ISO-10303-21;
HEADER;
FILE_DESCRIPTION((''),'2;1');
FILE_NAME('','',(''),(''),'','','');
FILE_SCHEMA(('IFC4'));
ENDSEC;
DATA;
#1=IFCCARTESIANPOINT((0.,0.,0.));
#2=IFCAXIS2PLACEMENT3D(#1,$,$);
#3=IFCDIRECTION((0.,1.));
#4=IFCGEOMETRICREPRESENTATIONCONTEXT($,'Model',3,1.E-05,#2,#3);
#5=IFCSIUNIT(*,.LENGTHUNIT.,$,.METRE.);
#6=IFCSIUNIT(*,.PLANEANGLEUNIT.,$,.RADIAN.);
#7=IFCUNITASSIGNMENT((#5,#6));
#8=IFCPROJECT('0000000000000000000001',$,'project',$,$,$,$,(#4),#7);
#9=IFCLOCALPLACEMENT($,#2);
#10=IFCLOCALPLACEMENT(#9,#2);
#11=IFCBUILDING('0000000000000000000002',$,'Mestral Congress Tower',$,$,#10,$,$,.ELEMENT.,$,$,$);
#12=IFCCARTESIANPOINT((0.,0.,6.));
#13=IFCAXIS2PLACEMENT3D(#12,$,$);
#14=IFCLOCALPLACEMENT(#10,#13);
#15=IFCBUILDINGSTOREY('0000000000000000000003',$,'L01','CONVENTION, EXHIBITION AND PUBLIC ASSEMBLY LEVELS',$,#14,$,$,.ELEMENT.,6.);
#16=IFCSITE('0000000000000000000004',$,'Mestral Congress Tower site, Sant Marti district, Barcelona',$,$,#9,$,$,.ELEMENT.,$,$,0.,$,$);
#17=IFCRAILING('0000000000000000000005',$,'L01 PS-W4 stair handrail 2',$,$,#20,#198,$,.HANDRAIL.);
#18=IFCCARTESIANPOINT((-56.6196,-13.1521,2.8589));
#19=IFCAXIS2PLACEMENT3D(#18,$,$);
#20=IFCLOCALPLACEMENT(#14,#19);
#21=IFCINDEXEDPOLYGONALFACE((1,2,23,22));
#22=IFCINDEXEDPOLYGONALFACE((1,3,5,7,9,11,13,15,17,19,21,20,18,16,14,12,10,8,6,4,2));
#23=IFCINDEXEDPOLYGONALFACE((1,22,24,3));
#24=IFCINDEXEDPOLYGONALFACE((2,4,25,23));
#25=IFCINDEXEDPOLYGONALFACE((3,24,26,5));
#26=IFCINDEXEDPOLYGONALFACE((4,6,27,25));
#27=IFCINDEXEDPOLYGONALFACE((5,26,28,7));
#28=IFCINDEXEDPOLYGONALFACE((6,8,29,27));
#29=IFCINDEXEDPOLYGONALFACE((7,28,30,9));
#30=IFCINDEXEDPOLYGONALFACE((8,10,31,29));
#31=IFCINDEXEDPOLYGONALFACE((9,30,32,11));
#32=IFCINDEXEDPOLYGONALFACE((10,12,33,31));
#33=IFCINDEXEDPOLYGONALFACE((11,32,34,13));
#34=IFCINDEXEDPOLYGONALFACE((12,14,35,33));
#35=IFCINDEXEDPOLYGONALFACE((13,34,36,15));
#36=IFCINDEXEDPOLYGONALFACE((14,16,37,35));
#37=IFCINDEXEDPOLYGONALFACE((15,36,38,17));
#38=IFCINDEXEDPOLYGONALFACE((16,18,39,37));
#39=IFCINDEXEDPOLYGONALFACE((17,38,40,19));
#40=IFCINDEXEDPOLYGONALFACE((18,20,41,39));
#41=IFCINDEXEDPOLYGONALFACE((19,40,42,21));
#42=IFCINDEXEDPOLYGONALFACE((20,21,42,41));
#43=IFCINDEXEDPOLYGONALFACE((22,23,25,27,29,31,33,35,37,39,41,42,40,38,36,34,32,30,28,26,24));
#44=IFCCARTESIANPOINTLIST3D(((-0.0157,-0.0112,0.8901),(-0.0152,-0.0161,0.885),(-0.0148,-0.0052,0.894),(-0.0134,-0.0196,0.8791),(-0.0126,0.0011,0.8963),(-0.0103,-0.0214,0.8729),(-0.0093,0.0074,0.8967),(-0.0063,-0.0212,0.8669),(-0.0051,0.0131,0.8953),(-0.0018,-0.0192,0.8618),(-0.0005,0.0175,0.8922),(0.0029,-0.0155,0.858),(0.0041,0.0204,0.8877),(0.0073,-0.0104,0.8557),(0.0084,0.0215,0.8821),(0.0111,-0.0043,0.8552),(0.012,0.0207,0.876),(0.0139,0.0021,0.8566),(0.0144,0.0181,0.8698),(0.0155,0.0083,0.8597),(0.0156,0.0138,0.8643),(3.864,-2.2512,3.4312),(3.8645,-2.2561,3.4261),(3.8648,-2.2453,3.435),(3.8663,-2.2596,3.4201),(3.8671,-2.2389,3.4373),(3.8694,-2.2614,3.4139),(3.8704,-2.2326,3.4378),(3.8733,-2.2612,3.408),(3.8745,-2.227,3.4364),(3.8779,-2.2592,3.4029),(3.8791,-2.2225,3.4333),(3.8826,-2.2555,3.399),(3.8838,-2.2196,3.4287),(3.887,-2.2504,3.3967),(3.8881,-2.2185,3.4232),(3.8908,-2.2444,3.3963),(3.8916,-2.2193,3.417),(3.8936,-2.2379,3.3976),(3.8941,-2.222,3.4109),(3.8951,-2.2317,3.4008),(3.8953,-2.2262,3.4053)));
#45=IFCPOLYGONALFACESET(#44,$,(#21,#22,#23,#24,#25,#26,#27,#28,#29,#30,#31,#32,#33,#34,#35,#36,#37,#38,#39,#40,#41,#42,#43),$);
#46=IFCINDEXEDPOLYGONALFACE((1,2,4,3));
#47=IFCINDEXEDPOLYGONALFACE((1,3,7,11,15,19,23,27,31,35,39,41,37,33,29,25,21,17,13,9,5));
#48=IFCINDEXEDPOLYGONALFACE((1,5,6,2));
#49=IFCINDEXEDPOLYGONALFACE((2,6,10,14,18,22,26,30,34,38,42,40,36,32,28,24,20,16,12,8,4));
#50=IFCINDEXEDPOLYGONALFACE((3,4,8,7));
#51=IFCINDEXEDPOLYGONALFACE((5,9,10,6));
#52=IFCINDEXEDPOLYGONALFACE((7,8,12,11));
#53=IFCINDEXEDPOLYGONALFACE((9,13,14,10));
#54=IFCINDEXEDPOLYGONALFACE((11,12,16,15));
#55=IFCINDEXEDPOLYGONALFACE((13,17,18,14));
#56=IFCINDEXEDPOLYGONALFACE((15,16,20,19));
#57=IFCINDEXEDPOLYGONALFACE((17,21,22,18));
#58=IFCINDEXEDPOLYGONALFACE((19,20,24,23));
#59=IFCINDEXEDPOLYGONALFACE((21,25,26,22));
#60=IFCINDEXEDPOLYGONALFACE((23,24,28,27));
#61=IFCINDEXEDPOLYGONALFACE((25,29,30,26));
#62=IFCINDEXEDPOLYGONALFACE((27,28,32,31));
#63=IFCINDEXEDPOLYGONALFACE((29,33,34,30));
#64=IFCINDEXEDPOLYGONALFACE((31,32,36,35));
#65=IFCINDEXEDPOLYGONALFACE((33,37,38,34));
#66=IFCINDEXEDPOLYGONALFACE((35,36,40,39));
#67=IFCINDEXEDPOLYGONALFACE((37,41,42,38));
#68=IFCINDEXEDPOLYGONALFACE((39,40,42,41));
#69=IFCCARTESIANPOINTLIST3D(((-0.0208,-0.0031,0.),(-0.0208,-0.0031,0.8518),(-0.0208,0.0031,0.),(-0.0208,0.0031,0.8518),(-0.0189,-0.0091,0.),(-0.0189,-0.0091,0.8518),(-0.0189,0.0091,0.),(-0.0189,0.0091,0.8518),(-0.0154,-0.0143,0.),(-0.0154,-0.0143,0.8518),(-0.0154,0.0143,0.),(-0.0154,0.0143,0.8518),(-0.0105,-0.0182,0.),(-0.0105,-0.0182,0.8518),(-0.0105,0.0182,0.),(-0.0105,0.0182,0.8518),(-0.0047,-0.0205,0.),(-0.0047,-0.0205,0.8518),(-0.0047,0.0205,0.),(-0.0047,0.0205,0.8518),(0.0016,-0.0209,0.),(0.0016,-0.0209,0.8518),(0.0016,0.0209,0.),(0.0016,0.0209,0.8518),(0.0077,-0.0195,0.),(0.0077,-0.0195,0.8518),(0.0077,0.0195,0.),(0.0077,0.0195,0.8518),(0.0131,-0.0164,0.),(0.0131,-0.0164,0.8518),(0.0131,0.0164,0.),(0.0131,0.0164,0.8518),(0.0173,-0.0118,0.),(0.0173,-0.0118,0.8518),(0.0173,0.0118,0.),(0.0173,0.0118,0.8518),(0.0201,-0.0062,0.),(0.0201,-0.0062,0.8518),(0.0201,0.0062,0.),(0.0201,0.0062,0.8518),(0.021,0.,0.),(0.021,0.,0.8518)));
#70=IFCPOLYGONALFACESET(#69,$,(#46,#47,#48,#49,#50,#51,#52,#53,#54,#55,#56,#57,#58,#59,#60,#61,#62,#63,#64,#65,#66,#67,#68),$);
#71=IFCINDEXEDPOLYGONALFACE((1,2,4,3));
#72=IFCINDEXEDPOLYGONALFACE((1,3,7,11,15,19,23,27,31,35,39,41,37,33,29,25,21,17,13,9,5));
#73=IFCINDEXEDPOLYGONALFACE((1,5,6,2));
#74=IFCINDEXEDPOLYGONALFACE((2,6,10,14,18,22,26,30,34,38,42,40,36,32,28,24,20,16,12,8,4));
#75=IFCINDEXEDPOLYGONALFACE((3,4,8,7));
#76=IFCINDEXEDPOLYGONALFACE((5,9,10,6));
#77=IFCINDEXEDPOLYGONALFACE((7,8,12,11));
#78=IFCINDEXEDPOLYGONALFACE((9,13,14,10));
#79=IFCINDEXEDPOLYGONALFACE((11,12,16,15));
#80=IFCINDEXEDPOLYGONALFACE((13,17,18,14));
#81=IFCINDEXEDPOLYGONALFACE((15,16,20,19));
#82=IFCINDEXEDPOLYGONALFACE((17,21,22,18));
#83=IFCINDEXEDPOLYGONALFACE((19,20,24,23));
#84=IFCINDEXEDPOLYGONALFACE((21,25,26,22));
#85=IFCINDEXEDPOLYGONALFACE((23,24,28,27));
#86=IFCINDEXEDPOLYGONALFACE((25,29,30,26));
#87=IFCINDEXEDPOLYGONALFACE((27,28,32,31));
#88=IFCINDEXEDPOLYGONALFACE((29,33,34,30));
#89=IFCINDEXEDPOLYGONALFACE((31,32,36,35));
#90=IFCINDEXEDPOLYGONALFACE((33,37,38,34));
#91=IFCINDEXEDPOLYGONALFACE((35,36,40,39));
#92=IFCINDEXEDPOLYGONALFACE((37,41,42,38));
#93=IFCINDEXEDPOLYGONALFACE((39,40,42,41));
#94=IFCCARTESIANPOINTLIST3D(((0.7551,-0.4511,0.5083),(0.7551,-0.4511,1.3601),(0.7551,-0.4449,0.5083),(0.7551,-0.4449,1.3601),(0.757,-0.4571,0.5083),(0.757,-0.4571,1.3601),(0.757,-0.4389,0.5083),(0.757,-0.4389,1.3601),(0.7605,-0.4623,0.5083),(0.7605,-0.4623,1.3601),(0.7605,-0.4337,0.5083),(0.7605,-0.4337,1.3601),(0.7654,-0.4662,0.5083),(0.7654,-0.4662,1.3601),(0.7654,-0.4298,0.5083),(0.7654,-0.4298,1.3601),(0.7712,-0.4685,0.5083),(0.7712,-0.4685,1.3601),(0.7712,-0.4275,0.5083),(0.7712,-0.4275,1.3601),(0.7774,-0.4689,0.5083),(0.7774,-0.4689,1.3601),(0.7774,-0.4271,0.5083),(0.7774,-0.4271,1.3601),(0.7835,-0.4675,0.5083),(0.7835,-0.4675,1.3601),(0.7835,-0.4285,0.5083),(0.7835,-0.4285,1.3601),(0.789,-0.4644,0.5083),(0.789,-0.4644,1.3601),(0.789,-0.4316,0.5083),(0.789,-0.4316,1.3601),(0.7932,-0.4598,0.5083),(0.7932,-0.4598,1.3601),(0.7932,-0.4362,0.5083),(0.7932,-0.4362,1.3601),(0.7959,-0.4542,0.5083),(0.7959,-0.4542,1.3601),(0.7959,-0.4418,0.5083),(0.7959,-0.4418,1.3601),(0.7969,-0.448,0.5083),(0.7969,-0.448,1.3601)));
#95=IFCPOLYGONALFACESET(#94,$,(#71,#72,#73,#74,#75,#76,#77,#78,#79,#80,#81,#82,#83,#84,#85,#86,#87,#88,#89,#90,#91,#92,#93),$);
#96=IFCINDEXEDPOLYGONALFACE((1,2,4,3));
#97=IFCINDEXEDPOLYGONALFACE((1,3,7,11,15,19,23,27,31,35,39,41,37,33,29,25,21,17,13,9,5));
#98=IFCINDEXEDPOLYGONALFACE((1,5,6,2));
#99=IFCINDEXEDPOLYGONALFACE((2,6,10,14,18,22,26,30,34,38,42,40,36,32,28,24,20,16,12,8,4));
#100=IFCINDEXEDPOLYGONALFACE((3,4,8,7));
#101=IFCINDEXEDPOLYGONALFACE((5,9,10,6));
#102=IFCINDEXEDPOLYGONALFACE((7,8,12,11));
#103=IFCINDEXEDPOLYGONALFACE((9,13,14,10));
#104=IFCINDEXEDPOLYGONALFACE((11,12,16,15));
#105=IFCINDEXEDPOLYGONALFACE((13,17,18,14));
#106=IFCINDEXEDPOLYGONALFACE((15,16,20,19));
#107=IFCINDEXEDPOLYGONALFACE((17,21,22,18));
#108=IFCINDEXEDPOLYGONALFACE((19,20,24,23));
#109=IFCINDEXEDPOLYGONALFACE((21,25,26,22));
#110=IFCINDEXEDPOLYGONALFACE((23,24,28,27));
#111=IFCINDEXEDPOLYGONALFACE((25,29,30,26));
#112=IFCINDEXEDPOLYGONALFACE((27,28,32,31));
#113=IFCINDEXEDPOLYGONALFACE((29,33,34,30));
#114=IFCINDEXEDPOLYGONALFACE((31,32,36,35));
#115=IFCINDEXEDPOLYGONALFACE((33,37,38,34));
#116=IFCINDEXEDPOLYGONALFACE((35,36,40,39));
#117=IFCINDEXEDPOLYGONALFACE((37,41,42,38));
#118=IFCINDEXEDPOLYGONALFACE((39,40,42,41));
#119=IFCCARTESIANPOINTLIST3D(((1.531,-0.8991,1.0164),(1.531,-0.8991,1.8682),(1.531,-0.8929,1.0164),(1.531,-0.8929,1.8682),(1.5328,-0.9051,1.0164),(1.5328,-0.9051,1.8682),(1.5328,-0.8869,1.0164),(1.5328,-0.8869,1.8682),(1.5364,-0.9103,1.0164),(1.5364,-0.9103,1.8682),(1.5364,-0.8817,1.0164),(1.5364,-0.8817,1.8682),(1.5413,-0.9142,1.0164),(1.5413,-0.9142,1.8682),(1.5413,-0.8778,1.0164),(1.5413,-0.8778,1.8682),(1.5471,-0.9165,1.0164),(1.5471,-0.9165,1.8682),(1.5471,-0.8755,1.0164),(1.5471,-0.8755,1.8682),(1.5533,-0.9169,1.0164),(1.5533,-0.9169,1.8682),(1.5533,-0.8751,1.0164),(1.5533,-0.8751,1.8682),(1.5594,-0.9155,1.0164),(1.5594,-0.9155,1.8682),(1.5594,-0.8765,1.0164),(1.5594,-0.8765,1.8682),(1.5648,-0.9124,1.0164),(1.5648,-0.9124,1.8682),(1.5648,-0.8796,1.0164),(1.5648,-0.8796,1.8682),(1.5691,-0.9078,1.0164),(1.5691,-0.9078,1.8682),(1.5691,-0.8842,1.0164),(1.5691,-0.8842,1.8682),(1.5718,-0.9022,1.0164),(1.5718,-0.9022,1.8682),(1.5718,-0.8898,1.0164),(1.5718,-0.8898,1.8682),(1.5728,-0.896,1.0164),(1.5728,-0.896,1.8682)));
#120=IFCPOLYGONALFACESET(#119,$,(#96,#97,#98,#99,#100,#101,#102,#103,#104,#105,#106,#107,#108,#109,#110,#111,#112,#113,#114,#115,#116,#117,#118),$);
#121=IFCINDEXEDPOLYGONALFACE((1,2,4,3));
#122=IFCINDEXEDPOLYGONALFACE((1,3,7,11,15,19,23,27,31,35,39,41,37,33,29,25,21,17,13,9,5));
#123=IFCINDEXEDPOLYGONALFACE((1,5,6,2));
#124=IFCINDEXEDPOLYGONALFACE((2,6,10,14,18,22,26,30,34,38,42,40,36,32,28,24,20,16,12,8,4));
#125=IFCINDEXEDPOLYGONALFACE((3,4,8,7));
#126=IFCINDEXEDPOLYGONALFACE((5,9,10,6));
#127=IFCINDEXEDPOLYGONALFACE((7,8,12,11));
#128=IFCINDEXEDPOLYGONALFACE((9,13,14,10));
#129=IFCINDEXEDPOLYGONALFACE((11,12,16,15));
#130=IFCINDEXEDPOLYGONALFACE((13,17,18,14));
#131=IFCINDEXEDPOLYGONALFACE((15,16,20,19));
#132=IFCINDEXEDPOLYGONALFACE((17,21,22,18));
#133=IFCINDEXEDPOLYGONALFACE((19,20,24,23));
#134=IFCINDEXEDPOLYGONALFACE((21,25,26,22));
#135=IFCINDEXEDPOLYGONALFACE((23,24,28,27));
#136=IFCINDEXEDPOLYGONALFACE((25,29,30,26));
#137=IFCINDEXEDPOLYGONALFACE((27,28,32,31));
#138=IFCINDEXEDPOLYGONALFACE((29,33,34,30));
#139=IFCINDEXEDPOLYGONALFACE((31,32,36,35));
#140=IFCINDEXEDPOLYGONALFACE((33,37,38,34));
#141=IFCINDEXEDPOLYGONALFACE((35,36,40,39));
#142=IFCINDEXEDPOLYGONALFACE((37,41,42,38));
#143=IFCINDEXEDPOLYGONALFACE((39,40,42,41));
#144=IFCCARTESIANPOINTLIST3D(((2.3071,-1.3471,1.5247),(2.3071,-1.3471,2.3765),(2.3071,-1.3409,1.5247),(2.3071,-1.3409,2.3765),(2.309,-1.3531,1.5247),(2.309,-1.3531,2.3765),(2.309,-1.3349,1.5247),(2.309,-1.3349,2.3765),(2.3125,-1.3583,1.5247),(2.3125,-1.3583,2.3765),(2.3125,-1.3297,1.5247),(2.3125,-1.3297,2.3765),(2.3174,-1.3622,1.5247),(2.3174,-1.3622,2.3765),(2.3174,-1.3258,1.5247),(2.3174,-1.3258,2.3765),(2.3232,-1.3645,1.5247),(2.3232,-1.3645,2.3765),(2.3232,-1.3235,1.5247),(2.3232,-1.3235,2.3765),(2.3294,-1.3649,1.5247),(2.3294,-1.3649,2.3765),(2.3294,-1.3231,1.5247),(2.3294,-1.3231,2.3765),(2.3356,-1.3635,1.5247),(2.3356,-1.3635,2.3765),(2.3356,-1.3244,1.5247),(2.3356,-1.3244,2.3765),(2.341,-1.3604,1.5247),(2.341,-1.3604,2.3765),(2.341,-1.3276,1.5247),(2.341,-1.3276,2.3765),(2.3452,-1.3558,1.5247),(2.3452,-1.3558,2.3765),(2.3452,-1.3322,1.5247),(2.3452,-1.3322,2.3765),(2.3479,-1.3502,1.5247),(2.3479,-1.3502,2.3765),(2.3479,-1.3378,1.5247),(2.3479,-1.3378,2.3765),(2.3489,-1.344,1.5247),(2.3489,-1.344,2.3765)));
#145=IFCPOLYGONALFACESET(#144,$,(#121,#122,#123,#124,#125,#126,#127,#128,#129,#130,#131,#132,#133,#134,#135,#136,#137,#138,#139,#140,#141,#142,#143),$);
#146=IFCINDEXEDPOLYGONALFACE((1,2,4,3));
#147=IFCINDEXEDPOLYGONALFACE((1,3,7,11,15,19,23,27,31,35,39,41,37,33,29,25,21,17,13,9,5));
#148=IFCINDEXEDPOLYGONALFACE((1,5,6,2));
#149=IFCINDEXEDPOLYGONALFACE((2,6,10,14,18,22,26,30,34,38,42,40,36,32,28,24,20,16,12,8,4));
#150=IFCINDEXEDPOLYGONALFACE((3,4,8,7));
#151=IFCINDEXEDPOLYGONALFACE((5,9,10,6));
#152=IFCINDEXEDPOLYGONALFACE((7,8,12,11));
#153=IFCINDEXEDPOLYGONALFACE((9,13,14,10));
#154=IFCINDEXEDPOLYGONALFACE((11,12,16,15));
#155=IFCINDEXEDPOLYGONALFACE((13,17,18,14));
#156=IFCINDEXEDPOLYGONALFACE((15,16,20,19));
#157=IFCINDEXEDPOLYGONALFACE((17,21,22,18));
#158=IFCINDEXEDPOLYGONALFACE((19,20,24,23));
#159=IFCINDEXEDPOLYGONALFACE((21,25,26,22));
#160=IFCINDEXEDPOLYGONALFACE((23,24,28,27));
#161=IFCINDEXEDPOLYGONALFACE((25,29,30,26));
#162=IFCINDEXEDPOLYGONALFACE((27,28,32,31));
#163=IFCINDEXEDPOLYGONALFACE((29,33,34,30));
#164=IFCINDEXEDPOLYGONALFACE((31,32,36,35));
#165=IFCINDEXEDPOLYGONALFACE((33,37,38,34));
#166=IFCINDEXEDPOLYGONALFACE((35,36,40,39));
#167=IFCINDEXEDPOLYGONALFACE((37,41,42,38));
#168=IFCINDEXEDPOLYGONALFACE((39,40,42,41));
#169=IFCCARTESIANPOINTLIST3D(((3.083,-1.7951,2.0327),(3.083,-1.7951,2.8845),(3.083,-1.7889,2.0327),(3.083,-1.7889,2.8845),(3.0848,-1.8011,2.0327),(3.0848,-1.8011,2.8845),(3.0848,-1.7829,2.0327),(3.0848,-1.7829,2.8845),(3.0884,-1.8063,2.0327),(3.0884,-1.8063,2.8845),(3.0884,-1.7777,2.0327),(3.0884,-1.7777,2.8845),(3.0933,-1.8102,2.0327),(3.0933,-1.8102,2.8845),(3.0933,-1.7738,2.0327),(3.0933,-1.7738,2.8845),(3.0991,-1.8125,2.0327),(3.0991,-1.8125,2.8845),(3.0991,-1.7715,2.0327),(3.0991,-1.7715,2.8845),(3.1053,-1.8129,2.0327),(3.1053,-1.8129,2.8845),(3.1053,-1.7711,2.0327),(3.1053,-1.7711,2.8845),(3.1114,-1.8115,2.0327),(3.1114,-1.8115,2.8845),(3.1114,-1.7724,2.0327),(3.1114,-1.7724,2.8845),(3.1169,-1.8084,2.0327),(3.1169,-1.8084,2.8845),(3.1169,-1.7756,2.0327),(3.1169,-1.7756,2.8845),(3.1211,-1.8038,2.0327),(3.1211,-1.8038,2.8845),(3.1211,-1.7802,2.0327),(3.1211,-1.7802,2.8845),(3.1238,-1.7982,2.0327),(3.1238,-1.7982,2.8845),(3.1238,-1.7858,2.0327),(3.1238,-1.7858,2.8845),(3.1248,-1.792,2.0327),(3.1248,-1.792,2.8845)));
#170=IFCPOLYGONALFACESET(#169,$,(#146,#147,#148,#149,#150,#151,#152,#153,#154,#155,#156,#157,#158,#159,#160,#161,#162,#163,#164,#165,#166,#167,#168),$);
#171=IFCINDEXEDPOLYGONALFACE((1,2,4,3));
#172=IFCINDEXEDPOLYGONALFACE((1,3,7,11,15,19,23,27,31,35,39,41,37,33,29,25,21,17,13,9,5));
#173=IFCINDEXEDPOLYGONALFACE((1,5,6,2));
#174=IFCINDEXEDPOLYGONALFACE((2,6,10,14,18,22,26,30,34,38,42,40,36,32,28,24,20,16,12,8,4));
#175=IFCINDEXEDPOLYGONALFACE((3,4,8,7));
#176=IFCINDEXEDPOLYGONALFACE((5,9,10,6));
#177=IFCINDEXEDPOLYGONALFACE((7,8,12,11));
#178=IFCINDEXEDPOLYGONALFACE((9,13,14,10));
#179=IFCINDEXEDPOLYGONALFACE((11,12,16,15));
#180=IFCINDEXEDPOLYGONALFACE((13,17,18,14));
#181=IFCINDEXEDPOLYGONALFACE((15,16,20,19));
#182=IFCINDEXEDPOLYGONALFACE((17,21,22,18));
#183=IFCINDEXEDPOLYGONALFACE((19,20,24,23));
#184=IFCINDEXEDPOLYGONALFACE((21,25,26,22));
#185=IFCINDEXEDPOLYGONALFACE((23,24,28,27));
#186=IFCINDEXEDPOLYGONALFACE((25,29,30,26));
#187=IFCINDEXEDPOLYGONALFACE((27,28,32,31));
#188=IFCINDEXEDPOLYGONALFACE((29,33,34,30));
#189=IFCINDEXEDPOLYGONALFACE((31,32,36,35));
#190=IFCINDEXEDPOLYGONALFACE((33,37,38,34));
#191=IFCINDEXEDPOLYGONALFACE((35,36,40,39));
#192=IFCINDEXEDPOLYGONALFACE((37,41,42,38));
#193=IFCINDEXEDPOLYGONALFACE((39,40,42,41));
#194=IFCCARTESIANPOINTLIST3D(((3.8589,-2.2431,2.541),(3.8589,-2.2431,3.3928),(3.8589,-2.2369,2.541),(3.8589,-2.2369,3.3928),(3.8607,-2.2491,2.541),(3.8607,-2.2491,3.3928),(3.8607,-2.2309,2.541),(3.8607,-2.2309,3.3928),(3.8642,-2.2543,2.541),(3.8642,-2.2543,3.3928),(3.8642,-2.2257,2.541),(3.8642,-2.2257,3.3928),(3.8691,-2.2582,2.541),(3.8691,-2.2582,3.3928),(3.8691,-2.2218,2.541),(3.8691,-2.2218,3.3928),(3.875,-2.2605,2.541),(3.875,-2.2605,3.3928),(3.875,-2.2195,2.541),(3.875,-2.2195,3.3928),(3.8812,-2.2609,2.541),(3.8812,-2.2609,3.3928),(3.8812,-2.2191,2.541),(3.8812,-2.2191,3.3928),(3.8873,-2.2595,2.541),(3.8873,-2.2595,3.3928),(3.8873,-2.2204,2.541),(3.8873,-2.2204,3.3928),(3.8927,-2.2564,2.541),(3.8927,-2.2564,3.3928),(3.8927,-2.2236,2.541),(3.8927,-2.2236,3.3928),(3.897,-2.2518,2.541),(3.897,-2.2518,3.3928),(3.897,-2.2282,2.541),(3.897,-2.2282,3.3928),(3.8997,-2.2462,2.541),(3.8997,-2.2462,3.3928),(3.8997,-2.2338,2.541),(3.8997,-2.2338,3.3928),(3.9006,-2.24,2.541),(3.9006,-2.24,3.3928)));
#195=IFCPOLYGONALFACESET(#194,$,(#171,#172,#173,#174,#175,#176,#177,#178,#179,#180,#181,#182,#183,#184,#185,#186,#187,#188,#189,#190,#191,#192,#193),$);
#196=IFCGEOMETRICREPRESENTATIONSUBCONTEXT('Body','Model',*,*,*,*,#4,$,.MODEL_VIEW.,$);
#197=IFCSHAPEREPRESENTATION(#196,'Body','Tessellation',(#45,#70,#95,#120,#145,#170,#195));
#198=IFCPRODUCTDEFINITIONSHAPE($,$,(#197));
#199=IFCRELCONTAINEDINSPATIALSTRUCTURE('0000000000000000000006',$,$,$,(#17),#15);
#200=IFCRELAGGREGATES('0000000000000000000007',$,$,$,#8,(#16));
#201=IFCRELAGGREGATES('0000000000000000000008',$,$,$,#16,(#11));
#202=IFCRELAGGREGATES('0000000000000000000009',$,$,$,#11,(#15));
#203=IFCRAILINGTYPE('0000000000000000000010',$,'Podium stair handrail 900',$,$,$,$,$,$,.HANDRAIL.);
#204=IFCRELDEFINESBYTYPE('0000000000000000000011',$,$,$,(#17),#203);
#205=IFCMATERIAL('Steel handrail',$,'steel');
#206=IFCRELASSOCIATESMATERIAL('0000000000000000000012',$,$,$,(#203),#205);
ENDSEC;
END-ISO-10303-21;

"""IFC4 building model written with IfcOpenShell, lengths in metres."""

from ifc_helpers import new_model, si_unit, direction, frame, origin, origin_2d, place, context, subcontext, project, spatial, circle, extrude, material, type_object, element, save


model = new_model("IFC4")

# Units and contexts
model_context = context("Model", 3, precision=1e-05, world=origin(), true_north=direction((0.0, 1.0)))
body_context = subcontext(model_context, "Body", "Model", "MODEL_VIEW")
ifc_project = project(units=[si_unit("LENGTHUNIT", "METRE"), si_unit("PLANEANGLEUNIT", "RADIAN")], contexts=[model_context])

# Site, building, storey
site_placement = place(None, origin())
site = spatial("IfcSite", under=ifc_project, at=site_placement, Name="Mestral Congress Tower site, Sant Marti district, Barcelona", CompositionType="ELEMENT", RefElevation=0.0)
building_placement = place(site_placement, origin())
building = spatial("IfcBuilding", under=site, at=building_placement, Name="Mestral Congress Tower", CompositionType="ELEMENT")
storey_placement = place(building_placement, frame((0.0, 0.0, 6.0)))
storey = spatial("IfcBuildingStorey", under=building, at=storey_placement, Name="L01", Description="CONVENTION, EXHIBITION AND PUBLIC ASSEMBLY LEVELS", CompositionType="ELEMENT", Elevation=6.0)

# Railing
ifc_material_1 = material(Name="Steel handrail", Category="steel")
railing_type_1 = type_object("IfcRailingType", Name="Podium stair handrail 900", PredefinedType="HANDRAIL", material=ifc_material_1)
railing_1_placement = place(storey_placement, frame((-56.6196, -13.1521, 2.8589)))
element("IfcRailing", 1, at=railing_1_placement, inside=storey, type_object=railing_type_1, Name="L01 PS-W4 stair handrail 2", PredefinedType="HANDRAIL", context=body_context, shape_type="SweptSolid", body=[
    extrude(circle(Radius=0.0239, at=origin_2d()), frame((0.0, 0.0, 0.876), z_axis=(0.753279, -0.434922, 0.493369), x_axis=(0.500013, 0.866018, 0.0)), (0.0, 0.0, 1.0), 5.1504),
    extrude(circle(Radius=0.021, at=origin_2d()), origin(), (0.0, 0.0, 1.0), 0.8518),
    extrude(circle(Radius=0.021, at=origin_2d()), frame((0.7759, -0.448, 0.5083)), (0.0, 0.0, 1.0), 0.8518),
    extrude(circle(Radius=0.021, at=origin_2d()), frame((1.5518, -0.896, 1.0164)), (0.0, 0.0, 1.0), 0.8518),
    extrude(circle(Radius=0.021, at=origin_2d()), frame((2.3279, -1.344, 1.5247)), (0.0, 0.0, 1.0), 0.8518),
    extrude(circle(Radius=0.021, at=origin_2d()), frame((3.1038, -1.792, 2.0327)), (0.0, 0.0, 1.0), 0.8518),
    extrude(circle(Radius=0.021, at=origin_2d()), frame((3.8796, -2.24, 2.541)), (0.0, 0.0, 1.0), 0.8518),
])

save(model, "model.ifc")
